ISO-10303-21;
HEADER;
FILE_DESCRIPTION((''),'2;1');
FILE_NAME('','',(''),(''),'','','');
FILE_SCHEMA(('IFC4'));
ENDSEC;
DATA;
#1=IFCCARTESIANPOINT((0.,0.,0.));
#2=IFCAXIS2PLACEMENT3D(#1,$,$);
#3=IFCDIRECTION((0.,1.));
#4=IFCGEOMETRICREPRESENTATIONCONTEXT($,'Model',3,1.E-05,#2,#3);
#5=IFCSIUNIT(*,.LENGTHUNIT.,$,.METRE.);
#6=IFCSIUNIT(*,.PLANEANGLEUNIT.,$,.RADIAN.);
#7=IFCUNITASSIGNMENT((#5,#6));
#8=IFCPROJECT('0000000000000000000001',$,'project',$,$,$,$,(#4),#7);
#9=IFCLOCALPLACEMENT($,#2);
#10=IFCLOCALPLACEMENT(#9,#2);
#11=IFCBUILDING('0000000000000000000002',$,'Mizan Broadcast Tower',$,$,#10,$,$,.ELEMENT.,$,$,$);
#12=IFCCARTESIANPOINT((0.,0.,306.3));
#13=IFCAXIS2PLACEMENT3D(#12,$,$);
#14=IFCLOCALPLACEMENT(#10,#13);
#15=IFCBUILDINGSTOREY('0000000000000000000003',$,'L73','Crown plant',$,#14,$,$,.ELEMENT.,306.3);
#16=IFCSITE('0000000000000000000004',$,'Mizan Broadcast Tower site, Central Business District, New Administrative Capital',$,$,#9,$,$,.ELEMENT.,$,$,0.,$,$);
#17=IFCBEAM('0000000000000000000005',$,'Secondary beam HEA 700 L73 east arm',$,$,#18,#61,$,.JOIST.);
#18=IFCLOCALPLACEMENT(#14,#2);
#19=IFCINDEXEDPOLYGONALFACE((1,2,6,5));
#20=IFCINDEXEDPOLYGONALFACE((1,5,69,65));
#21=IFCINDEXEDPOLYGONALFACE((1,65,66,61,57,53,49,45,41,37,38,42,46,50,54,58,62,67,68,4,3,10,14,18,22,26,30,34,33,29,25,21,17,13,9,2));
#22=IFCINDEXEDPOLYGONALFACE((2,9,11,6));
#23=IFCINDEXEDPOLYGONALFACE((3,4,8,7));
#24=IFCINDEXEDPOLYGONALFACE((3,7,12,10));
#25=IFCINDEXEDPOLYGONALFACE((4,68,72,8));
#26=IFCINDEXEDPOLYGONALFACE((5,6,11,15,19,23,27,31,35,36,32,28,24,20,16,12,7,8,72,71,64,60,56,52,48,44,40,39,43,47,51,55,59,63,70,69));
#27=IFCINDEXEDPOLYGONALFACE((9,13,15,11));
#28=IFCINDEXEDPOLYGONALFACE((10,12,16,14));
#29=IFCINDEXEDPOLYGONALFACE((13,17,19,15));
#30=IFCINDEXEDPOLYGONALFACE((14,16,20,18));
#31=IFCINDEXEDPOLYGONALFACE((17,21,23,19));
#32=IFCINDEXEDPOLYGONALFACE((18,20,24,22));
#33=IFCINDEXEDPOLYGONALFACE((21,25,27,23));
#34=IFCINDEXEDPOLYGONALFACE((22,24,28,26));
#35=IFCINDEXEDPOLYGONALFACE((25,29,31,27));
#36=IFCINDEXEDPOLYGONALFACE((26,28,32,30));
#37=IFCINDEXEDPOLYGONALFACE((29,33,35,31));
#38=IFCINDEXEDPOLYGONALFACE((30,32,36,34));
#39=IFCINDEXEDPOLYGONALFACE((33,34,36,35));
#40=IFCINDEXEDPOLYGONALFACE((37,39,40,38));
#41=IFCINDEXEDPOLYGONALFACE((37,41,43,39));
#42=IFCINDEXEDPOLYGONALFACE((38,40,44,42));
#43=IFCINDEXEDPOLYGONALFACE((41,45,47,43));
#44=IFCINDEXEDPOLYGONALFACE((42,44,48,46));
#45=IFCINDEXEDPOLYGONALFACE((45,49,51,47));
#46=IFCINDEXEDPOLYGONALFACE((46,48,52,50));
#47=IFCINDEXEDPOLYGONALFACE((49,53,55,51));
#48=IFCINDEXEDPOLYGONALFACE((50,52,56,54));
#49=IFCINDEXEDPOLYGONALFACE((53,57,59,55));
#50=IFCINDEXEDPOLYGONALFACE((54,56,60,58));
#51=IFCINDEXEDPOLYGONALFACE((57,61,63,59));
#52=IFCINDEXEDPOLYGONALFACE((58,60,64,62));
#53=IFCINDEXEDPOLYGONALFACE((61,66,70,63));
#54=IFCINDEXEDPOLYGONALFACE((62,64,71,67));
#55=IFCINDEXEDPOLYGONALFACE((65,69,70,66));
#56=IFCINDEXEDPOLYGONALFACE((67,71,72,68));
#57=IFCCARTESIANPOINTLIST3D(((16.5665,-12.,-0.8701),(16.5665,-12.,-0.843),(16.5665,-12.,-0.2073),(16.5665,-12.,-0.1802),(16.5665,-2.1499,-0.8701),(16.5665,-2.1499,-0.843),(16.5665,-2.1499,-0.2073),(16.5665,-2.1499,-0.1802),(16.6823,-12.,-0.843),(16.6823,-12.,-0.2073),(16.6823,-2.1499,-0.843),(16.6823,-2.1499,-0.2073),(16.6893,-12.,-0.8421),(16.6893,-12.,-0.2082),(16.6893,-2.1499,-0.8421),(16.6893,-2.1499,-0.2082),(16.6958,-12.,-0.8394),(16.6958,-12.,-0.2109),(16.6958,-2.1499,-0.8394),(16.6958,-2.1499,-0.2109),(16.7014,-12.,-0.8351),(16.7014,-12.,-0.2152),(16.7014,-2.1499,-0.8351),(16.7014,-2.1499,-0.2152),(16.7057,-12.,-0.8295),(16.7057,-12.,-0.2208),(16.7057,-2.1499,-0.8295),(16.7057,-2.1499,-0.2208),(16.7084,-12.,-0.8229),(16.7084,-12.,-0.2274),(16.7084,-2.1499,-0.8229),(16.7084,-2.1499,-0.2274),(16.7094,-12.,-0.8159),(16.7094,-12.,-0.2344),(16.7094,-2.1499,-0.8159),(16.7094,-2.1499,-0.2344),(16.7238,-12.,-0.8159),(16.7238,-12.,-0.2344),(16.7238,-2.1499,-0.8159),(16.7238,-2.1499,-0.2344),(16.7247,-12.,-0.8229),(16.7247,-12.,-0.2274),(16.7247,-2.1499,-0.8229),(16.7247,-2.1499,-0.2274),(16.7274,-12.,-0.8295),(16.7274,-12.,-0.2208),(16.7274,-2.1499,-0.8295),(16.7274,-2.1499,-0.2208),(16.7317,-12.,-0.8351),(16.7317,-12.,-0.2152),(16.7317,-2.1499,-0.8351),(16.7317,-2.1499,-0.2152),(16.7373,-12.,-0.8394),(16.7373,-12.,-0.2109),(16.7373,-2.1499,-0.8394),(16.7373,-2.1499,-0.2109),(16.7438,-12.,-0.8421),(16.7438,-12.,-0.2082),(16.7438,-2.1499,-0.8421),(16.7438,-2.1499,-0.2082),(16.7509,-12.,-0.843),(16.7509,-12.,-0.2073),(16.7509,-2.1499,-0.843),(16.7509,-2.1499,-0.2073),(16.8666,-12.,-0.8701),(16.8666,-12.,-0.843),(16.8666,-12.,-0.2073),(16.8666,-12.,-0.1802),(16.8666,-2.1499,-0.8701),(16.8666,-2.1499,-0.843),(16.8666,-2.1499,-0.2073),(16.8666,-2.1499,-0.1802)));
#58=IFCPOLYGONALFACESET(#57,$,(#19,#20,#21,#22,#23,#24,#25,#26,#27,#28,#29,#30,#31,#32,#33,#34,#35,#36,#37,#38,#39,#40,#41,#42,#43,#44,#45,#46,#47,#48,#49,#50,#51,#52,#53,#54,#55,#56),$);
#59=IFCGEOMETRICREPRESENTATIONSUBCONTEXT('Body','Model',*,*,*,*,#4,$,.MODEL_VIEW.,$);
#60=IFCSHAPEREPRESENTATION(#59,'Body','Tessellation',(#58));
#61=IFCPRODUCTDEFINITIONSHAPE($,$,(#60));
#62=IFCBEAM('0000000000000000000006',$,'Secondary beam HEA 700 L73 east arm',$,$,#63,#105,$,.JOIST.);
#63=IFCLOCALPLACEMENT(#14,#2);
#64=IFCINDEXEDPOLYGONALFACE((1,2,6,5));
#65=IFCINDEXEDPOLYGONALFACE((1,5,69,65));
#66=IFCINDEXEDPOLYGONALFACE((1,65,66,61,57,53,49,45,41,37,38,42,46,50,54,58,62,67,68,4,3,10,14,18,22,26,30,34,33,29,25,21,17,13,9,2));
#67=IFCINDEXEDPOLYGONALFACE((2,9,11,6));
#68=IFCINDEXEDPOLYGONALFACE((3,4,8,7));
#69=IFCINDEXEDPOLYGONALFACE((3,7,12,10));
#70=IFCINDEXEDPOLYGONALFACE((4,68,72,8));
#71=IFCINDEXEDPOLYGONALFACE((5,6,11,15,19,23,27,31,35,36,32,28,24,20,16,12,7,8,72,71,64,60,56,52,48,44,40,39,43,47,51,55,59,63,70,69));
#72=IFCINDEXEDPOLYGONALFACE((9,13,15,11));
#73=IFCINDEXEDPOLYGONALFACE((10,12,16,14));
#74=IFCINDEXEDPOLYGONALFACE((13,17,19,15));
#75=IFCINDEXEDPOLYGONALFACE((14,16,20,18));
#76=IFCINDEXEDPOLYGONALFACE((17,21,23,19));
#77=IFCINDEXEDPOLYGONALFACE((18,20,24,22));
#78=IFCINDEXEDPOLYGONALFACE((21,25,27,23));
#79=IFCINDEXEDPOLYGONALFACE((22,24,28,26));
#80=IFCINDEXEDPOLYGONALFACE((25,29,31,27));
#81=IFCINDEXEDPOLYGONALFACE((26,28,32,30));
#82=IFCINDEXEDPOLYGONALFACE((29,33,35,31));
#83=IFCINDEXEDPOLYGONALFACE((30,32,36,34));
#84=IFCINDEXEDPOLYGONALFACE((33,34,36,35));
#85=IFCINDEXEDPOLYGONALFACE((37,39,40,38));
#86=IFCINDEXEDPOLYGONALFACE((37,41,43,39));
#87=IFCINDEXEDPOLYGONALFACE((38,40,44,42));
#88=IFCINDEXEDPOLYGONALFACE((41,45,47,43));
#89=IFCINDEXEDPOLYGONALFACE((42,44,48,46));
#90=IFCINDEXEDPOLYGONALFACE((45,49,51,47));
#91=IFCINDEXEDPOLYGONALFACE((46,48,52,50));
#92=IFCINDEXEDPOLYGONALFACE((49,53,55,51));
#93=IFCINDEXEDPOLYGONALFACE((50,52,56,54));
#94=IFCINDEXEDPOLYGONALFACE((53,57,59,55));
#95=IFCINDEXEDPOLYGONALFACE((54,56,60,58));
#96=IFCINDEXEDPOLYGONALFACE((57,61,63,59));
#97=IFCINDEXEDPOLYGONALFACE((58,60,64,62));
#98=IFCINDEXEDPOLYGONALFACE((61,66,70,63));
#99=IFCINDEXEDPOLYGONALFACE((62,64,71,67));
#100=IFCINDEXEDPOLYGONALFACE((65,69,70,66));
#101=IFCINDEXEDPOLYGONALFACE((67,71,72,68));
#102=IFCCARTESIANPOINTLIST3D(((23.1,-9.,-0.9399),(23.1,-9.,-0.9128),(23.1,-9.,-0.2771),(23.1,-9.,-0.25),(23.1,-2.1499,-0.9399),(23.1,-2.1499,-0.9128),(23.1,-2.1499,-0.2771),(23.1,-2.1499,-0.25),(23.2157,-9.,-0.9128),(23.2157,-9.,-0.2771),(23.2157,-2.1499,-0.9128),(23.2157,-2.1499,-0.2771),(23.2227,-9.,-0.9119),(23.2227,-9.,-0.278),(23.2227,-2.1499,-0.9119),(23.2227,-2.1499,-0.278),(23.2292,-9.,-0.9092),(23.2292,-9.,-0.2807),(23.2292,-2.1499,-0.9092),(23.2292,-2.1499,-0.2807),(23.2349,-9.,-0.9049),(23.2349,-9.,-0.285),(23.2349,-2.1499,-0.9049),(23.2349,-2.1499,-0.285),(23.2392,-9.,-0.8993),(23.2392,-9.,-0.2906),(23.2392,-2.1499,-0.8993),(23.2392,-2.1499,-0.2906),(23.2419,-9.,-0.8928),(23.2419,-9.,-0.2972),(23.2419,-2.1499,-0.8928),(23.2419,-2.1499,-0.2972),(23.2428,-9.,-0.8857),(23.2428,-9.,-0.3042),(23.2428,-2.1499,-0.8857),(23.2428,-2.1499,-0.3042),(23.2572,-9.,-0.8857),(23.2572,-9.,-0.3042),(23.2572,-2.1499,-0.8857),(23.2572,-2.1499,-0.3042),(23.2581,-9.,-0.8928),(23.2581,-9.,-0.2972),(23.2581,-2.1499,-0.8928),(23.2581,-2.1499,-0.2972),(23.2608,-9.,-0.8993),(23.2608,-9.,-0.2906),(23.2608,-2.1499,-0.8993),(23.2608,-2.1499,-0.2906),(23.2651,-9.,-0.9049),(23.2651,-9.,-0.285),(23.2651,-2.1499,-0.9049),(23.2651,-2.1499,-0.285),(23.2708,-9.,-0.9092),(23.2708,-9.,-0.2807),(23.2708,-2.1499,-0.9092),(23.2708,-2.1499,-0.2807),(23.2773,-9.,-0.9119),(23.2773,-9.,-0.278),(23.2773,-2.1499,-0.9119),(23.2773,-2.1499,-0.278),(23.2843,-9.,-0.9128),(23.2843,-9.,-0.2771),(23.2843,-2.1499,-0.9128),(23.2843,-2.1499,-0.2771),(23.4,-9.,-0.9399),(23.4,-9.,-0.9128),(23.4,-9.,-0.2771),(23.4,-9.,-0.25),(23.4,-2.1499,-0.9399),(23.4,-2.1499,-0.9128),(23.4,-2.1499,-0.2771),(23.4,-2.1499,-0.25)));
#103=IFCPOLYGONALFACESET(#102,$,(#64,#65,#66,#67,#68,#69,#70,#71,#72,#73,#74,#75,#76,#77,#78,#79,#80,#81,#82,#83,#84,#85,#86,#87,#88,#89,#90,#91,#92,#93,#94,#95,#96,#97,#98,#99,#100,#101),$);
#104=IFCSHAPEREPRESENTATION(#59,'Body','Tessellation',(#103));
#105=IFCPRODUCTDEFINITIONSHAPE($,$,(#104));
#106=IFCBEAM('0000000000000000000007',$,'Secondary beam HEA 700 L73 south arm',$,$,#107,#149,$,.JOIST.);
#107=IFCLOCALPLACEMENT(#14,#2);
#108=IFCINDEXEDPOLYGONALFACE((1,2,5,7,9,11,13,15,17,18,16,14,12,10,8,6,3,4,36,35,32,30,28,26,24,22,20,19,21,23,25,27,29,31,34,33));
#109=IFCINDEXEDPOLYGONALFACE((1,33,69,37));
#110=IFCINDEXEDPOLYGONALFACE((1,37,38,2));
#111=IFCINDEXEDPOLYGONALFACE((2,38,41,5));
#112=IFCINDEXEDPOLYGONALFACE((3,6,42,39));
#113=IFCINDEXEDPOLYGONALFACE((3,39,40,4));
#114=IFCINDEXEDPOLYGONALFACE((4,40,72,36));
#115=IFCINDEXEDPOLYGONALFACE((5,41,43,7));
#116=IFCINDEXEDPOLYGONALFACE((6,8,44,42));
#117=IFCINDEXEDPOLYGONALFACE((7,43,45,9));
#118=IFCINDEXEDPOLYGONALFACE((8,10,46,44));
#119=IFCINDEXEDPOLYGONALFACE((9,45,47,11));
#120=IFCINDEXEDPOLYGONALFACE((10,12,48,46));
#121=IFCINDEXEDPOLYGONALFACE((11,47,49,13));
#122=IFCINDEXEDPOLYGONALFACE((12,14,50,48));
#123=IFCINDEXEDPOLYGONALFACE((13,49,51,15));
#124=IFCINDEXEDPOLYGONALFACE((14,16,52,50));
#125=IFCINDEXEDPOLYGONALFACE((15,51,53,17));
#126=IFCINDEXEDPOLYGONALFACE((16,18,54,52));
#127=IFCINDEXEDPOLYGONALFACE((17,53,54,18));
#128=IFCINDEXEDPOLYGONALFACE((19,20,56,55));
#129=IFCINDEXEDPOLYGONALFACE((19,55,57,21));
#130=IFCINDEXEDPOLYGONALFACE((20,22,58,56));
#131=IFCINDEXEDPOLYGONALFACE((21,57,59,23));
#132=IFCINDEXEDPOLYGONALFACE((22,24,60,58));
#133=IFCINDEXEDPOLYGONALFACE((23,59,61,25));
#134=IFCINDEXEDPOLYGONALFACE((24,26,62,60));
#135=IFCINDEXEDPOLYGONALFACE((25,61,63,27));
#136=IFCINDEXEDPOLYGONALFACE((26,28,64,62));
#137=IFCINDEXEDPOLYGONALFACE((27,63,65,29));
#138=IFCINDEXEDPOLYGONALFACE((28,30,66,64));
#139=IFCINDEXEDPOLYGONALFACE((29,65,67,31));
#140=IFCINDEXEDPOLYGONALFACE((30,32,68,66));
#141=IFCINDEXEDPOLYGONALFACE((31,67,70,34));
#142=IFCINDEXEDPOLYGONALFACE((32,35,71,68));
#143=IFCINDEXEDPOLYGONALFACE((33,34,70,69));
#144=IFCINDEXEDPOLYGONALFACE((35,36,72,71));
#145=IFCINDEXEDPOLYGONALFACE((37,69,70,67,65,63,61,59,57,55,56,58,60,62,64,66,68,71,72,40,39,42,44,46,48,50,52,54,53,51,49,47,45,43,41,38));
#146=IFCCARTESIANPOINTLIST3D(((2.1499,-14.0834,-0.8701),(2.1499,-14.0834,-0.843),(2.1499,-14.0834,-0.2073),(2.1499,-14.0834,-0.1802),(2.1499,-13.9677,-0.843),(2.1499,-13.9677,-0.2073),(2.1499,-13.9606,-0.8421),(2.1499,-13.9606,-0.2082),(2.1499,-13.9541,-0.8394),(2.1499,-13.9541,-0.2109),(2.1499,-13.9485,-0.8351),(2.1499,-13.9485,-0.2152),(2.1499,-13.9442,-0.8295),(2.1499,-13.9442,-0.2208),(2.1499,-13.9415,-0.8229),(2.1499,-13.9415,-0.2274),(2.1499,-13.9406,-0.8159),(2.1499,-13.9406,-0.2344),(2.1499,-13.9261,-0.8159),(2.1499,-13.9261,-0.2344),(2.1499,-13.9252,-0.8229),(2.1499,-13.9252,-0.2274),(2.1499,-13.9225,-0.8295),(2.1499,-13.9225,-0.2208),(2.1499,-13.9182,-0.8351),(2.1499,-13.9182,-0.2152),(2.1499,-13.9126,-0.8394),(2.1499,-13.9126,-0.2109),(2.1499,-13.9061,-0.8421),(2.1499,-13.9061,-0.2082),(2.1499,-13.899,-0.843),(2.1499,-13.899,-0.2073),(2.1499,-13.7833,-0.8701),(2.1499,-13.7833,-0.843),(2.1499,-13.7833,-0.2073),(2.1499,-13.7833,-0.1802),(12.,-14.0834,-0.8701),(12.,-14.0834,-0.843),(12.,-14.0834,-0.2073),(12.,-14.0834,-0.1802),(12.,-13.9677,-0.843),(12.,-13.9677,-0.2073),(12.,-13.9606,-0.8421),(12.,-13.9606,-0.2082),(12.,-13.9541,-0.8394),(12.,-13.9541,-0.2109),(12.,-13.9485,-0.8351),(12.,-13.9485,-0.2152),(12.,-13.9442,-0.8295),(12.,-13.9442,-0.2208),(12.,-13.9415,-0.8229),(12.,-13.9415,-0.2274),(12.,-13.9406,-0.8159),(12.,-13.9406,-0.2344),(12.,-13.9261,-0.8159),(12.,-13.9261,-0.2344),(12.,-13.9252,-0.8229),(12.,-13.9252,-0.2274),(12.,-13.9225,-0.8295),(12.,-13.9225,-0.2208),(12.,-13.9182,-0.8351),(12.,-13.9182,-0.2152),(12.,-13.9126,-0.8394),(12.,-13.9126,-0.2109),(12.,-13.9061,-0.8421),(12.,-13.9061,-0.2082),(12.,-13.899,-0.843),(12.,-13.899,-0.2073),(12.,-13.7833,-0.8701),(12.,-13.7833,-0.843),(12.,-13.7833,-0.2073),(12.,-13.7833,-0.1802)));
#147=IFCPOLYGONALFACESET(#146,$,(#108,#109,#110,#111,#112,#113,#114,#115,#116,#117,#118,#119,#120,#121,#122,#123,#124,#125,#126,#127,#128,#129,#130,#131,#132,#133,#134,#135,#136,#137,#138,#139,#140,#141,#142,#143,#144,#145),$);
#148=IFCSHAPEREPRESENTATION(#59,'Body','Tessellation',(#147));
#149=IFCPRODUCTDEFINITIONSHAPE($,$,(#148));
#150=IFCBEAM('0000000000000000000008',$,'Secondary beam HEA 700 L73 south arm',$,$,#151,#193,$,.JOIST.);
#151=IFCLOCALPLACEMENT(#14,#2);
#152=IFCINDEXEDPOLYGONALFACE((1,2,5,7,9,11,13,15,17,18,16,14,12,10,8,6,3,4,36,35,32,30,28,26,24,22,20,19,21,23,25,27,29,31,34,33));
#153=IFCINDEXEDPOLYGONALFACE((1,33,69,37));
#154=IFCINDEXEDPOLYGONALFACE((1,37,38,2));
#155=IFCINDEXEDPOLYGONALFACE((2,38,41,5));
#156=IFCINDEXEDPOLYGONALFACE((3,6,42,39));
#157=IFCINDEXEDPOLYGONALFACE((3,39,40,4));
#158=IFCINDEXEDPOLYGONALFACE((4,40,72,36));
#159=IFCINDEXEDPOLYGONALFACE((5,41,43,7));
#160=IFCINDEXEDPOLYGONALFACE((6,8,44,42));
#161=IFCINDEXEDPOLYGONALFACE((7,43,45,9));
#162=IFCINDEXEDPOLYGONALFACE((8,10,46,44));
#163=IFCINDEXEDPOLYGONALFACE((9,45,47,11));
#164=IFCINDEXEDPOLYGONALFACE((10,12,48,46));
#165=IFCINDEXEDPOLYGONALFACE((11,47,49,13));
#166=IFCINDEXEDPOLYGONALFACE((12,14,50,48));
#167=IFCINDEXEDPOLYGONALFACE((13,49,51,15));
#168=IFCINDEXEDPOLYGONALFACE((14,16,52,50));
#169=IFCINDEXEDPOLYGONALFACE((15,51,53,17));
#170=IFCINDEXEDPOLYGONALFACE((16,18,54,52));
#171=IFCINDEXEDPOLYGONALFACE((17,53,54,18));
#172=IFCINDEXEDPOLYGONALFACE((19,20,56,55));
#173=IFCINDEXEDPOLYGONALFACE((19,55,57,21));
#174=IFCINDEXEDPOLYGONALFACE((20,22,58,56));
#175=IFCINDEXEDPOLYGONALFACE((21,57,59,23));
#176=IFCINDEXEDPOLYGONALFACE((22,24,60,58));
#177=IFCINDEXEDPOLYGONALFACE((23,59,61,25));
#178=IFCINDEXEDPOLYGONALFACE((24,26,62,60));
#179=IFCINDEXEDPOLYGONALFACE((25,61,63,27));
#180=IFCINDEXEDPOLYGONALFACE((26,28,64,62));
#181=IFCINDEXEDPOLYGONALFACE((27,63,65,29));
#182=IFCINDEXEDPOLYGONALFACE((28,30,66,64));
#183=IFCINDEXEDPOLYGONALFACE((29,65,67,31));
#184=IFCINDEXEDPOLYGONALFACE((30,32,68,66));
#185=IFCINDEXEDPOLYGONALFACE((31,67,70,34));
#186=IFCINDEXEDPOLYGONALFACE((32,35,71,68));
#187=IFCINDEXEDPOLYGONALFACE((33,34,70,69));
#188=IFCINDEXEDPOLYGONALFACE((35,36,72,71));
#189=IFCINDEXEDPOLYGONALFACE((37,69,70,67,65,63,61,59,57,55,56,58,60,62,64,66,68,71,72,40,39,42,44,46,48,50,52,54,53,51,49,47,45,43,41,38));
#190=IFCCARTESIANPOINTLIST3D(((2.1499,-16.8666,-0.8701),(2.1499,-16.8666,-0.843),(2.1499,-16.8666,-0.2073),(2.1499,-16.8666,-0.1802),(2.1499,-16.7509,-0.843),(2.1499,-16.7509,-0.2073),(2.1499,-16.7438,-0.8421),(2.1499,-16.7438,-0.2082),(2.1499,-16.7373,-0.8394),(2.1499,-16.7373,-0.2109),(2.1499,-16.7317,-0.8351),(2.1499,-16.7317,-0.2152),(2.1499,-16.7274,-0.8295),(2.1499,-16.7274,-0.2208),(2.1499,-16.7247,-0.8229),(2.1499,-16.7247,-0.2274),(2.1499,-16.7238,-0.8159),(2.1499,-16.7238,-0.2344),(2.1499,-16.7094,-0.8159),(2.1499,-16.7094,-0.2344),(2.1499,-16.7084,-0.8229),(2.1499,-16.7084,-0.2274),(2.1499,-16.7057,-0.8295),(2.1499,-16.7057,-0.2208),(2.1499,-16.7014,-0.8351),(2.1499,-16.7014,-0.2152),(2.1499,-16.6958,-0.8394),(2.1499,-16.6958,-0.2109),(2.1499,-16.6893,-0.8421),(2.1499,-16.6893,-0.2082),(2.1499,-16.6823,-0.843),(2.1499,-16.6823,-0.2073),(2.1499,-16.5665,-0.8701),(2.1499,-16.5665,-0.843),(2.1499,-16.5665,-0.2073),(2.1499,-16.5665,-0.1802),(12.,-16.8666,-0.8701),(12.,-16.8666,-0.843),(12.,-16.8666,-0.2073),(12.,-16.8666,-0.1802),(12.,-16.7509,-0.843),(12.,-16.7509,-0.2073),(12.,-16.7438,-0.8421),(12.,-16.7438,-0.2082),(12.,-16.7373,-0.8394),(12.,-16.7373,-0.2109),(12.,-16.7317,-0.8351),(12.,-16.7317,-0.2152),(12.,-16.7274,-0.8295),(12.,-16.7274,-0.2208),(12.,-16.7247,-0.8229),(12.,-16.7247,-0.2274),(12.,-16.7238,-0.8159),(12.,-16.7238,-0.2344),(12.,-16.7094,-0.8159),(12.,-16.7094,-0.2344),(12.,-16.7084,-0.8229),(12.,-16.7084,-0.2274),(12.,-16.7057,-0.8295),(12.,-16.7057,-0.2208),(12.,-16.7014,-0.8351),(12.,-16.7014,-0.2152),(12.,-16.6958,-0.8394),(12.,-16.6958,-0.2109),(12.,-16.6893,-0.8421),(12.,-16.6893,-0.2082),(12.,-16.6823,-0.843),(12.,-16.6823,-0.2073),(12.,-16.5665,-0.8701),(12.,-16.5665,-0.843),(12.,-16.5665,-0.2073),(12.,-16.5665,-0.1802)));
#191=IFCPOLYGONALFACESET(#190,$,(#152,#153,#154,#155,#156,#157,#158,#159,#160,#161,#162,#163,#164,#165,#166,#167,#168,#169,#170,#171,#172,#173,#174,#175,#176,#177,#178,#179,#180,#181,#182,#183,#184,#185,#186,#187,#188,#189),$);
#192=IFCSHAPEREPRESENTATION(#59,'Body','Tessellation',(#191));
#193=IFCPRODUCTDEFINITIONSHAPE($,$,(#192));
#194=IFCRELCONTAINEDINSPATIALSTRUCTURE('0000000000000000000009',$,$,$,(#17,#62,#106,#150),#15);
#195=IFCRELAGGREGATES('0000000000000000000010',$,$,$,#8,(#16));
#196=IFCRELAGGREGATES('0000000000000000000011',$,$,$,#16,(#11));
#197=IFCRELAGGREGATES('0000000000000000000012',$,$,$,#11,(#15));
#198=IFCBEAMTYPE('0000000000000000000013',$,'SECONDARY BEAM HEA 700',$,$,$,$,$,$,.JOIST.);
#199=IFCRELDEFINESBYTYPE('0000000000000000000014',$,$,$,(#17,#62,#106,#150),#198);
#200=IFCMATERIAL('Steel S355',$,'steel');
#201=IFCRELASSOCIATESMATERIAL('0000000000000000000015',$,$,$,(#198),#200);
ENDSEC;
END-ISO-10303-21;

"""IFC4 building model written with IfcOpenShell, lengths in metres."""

from ifc_helpers import new_model, si_unit, direction, frame, origin, origin_2d, place, context, subcontext, project, spatial, i_section, extrude, material, material_profile, profile_set, type_object, element, save


model = new_model("IFC4")

# Units and contexts
model_context = context("Model", 3, precision=1e-05, world=origin(), true_north=direction((0.0, 1.0)))
body_context = subcontext(model_context, "Body", "Model", "MODEL_VIEW")
ifc_project = project(units=[si_unit("LENGTHUNIT", "METRE"), si_unit("PLANEANGLEUNIT", "RADIAN")], contexts=[model_context])

# Site, building, storey
site_placement = place(None, origin())
site = spatial("IfcSite", under=ifc_project, at=site_placement, Name="Mizan Broadcast Tower site, Central Business District, New Administrative Capital", CompositionType="ELEMENT", RefElevation=0.0)
building_placement = place(site_placement, origin())
building = spatial("IfcBuilding", under=site, at=building_placement, Name="Mizan Broadcast Tower", CompositionType="ELEMENT")
storey_placement = place(building_placement, frame((0.0, 0.0, 306.3)))
storey = spatial("IfcBuildingStorey", under=building, at=storey_placement, Name="L73", Description="Crown plant", CompositionType="ELEMENT", Elevation=306.3)

# Beams
ifc_material_1 = material(Name="Steel S355", Category="steel")
ifc_material_profile_1 = material_profile(ifc_material_1, i_section(OverallWidth=0.3, OverallDepth=0.6899, WebThickness=0.0144, FlangeThickness=0.0271, FilletRadius=0.0271, at=origin_2d()), Name="HEA 700")
ifc_profile_set_1 = profile_set([ifc_material_profile_1], Name="Steel S355")
beam_type_1 = type_object("IfcBeamType", Name="SECONDARY BEAM HEA 700", PredefinedType="JOIST", material=ifc_profile_set_1)
for number, where, z_axis, x_axis, name in (
    (1, (16.7166, -12.0, -0.5251), (0.0, 1.0, 0.0), (-1.0, 0.0, 0.0), "Secondary beam HEA 700 L73 east arm"),
):
    element("IfcBeam", number, at=place(storey_placement, frame(where, z_axis=z_axis, x_axis=x_axis)), inside=storey, type_object=beam_type_1, Name=name, PredefinedType="JOIST", context=body_context, shape_type="SweptSolid", body=[
        extrude(i_section(OverallWidth=0.3, OverallDepth=0.6899, WebThickness=0.0144, FlangeThickness=0.0271, FilletRadius=0.0271, at=origin_2d()), origin(), (0.0, 0.0, 1.0), 9.8501),
    ])
beam_1_placement = place(storey_placement, frame((23.25, -9.0, -0.595), z_axis=(0.0, 1.0, 0.0), x_axis=(-1.0, 0.0, 0.0)))
element("IfcBeam", 2, at=beam_1_placement, inside=storey, type_object=beam_type_1, Name="Secondary beam HEA 700 L73 east arm", PredefinedType="JOIST", context=body_context, shape_type="SweptSolid", body=[
    extrude(i_section(OverallWidth=0.3, OverallDepth=0.6899, WebThickness=0.0144, FlangeThickness=0.0271, FilletRadius=0.0271, at=origin_2d()), origin(), (0.0, 0.0, 1.0), 6.8501),
])
for number, where, z_axis, x_axis, name in (
    (3, (12.0, -13.9333, -0.5251), (-1.0, 0.0, 0.0), (0.0, -1.0, 0.0), "Secondary beam HEA 700 L73 south arm"),
    (4, (12.0, -16.7166, -0.5251), (-1.0, 0.0, 0.0), (0.0, -1.0, 0.0), "Secondary beam HEA 700 L73 south arm"),
):
    element("IfcBeam", number, at=place(storey_placement, frame(where, z_axis=z_axis, x_axis=x_axis)), inside=storey, type_object=beam_type_1, Name=name, PredefinedType="JOIST", context=body_context, shape_type="SweptSolid", body=[
        extrude(i_section(OverallWidth=0.3, OverallDepth=0.6899, WebThickness=0.0144, FlangeThickness=0.0271, FilletRadius=0.0271, at=origin_2d()), origin(), (0.0, 0.0, 1.0), 9.8501),
    ])

save(model, "model.ifc")
